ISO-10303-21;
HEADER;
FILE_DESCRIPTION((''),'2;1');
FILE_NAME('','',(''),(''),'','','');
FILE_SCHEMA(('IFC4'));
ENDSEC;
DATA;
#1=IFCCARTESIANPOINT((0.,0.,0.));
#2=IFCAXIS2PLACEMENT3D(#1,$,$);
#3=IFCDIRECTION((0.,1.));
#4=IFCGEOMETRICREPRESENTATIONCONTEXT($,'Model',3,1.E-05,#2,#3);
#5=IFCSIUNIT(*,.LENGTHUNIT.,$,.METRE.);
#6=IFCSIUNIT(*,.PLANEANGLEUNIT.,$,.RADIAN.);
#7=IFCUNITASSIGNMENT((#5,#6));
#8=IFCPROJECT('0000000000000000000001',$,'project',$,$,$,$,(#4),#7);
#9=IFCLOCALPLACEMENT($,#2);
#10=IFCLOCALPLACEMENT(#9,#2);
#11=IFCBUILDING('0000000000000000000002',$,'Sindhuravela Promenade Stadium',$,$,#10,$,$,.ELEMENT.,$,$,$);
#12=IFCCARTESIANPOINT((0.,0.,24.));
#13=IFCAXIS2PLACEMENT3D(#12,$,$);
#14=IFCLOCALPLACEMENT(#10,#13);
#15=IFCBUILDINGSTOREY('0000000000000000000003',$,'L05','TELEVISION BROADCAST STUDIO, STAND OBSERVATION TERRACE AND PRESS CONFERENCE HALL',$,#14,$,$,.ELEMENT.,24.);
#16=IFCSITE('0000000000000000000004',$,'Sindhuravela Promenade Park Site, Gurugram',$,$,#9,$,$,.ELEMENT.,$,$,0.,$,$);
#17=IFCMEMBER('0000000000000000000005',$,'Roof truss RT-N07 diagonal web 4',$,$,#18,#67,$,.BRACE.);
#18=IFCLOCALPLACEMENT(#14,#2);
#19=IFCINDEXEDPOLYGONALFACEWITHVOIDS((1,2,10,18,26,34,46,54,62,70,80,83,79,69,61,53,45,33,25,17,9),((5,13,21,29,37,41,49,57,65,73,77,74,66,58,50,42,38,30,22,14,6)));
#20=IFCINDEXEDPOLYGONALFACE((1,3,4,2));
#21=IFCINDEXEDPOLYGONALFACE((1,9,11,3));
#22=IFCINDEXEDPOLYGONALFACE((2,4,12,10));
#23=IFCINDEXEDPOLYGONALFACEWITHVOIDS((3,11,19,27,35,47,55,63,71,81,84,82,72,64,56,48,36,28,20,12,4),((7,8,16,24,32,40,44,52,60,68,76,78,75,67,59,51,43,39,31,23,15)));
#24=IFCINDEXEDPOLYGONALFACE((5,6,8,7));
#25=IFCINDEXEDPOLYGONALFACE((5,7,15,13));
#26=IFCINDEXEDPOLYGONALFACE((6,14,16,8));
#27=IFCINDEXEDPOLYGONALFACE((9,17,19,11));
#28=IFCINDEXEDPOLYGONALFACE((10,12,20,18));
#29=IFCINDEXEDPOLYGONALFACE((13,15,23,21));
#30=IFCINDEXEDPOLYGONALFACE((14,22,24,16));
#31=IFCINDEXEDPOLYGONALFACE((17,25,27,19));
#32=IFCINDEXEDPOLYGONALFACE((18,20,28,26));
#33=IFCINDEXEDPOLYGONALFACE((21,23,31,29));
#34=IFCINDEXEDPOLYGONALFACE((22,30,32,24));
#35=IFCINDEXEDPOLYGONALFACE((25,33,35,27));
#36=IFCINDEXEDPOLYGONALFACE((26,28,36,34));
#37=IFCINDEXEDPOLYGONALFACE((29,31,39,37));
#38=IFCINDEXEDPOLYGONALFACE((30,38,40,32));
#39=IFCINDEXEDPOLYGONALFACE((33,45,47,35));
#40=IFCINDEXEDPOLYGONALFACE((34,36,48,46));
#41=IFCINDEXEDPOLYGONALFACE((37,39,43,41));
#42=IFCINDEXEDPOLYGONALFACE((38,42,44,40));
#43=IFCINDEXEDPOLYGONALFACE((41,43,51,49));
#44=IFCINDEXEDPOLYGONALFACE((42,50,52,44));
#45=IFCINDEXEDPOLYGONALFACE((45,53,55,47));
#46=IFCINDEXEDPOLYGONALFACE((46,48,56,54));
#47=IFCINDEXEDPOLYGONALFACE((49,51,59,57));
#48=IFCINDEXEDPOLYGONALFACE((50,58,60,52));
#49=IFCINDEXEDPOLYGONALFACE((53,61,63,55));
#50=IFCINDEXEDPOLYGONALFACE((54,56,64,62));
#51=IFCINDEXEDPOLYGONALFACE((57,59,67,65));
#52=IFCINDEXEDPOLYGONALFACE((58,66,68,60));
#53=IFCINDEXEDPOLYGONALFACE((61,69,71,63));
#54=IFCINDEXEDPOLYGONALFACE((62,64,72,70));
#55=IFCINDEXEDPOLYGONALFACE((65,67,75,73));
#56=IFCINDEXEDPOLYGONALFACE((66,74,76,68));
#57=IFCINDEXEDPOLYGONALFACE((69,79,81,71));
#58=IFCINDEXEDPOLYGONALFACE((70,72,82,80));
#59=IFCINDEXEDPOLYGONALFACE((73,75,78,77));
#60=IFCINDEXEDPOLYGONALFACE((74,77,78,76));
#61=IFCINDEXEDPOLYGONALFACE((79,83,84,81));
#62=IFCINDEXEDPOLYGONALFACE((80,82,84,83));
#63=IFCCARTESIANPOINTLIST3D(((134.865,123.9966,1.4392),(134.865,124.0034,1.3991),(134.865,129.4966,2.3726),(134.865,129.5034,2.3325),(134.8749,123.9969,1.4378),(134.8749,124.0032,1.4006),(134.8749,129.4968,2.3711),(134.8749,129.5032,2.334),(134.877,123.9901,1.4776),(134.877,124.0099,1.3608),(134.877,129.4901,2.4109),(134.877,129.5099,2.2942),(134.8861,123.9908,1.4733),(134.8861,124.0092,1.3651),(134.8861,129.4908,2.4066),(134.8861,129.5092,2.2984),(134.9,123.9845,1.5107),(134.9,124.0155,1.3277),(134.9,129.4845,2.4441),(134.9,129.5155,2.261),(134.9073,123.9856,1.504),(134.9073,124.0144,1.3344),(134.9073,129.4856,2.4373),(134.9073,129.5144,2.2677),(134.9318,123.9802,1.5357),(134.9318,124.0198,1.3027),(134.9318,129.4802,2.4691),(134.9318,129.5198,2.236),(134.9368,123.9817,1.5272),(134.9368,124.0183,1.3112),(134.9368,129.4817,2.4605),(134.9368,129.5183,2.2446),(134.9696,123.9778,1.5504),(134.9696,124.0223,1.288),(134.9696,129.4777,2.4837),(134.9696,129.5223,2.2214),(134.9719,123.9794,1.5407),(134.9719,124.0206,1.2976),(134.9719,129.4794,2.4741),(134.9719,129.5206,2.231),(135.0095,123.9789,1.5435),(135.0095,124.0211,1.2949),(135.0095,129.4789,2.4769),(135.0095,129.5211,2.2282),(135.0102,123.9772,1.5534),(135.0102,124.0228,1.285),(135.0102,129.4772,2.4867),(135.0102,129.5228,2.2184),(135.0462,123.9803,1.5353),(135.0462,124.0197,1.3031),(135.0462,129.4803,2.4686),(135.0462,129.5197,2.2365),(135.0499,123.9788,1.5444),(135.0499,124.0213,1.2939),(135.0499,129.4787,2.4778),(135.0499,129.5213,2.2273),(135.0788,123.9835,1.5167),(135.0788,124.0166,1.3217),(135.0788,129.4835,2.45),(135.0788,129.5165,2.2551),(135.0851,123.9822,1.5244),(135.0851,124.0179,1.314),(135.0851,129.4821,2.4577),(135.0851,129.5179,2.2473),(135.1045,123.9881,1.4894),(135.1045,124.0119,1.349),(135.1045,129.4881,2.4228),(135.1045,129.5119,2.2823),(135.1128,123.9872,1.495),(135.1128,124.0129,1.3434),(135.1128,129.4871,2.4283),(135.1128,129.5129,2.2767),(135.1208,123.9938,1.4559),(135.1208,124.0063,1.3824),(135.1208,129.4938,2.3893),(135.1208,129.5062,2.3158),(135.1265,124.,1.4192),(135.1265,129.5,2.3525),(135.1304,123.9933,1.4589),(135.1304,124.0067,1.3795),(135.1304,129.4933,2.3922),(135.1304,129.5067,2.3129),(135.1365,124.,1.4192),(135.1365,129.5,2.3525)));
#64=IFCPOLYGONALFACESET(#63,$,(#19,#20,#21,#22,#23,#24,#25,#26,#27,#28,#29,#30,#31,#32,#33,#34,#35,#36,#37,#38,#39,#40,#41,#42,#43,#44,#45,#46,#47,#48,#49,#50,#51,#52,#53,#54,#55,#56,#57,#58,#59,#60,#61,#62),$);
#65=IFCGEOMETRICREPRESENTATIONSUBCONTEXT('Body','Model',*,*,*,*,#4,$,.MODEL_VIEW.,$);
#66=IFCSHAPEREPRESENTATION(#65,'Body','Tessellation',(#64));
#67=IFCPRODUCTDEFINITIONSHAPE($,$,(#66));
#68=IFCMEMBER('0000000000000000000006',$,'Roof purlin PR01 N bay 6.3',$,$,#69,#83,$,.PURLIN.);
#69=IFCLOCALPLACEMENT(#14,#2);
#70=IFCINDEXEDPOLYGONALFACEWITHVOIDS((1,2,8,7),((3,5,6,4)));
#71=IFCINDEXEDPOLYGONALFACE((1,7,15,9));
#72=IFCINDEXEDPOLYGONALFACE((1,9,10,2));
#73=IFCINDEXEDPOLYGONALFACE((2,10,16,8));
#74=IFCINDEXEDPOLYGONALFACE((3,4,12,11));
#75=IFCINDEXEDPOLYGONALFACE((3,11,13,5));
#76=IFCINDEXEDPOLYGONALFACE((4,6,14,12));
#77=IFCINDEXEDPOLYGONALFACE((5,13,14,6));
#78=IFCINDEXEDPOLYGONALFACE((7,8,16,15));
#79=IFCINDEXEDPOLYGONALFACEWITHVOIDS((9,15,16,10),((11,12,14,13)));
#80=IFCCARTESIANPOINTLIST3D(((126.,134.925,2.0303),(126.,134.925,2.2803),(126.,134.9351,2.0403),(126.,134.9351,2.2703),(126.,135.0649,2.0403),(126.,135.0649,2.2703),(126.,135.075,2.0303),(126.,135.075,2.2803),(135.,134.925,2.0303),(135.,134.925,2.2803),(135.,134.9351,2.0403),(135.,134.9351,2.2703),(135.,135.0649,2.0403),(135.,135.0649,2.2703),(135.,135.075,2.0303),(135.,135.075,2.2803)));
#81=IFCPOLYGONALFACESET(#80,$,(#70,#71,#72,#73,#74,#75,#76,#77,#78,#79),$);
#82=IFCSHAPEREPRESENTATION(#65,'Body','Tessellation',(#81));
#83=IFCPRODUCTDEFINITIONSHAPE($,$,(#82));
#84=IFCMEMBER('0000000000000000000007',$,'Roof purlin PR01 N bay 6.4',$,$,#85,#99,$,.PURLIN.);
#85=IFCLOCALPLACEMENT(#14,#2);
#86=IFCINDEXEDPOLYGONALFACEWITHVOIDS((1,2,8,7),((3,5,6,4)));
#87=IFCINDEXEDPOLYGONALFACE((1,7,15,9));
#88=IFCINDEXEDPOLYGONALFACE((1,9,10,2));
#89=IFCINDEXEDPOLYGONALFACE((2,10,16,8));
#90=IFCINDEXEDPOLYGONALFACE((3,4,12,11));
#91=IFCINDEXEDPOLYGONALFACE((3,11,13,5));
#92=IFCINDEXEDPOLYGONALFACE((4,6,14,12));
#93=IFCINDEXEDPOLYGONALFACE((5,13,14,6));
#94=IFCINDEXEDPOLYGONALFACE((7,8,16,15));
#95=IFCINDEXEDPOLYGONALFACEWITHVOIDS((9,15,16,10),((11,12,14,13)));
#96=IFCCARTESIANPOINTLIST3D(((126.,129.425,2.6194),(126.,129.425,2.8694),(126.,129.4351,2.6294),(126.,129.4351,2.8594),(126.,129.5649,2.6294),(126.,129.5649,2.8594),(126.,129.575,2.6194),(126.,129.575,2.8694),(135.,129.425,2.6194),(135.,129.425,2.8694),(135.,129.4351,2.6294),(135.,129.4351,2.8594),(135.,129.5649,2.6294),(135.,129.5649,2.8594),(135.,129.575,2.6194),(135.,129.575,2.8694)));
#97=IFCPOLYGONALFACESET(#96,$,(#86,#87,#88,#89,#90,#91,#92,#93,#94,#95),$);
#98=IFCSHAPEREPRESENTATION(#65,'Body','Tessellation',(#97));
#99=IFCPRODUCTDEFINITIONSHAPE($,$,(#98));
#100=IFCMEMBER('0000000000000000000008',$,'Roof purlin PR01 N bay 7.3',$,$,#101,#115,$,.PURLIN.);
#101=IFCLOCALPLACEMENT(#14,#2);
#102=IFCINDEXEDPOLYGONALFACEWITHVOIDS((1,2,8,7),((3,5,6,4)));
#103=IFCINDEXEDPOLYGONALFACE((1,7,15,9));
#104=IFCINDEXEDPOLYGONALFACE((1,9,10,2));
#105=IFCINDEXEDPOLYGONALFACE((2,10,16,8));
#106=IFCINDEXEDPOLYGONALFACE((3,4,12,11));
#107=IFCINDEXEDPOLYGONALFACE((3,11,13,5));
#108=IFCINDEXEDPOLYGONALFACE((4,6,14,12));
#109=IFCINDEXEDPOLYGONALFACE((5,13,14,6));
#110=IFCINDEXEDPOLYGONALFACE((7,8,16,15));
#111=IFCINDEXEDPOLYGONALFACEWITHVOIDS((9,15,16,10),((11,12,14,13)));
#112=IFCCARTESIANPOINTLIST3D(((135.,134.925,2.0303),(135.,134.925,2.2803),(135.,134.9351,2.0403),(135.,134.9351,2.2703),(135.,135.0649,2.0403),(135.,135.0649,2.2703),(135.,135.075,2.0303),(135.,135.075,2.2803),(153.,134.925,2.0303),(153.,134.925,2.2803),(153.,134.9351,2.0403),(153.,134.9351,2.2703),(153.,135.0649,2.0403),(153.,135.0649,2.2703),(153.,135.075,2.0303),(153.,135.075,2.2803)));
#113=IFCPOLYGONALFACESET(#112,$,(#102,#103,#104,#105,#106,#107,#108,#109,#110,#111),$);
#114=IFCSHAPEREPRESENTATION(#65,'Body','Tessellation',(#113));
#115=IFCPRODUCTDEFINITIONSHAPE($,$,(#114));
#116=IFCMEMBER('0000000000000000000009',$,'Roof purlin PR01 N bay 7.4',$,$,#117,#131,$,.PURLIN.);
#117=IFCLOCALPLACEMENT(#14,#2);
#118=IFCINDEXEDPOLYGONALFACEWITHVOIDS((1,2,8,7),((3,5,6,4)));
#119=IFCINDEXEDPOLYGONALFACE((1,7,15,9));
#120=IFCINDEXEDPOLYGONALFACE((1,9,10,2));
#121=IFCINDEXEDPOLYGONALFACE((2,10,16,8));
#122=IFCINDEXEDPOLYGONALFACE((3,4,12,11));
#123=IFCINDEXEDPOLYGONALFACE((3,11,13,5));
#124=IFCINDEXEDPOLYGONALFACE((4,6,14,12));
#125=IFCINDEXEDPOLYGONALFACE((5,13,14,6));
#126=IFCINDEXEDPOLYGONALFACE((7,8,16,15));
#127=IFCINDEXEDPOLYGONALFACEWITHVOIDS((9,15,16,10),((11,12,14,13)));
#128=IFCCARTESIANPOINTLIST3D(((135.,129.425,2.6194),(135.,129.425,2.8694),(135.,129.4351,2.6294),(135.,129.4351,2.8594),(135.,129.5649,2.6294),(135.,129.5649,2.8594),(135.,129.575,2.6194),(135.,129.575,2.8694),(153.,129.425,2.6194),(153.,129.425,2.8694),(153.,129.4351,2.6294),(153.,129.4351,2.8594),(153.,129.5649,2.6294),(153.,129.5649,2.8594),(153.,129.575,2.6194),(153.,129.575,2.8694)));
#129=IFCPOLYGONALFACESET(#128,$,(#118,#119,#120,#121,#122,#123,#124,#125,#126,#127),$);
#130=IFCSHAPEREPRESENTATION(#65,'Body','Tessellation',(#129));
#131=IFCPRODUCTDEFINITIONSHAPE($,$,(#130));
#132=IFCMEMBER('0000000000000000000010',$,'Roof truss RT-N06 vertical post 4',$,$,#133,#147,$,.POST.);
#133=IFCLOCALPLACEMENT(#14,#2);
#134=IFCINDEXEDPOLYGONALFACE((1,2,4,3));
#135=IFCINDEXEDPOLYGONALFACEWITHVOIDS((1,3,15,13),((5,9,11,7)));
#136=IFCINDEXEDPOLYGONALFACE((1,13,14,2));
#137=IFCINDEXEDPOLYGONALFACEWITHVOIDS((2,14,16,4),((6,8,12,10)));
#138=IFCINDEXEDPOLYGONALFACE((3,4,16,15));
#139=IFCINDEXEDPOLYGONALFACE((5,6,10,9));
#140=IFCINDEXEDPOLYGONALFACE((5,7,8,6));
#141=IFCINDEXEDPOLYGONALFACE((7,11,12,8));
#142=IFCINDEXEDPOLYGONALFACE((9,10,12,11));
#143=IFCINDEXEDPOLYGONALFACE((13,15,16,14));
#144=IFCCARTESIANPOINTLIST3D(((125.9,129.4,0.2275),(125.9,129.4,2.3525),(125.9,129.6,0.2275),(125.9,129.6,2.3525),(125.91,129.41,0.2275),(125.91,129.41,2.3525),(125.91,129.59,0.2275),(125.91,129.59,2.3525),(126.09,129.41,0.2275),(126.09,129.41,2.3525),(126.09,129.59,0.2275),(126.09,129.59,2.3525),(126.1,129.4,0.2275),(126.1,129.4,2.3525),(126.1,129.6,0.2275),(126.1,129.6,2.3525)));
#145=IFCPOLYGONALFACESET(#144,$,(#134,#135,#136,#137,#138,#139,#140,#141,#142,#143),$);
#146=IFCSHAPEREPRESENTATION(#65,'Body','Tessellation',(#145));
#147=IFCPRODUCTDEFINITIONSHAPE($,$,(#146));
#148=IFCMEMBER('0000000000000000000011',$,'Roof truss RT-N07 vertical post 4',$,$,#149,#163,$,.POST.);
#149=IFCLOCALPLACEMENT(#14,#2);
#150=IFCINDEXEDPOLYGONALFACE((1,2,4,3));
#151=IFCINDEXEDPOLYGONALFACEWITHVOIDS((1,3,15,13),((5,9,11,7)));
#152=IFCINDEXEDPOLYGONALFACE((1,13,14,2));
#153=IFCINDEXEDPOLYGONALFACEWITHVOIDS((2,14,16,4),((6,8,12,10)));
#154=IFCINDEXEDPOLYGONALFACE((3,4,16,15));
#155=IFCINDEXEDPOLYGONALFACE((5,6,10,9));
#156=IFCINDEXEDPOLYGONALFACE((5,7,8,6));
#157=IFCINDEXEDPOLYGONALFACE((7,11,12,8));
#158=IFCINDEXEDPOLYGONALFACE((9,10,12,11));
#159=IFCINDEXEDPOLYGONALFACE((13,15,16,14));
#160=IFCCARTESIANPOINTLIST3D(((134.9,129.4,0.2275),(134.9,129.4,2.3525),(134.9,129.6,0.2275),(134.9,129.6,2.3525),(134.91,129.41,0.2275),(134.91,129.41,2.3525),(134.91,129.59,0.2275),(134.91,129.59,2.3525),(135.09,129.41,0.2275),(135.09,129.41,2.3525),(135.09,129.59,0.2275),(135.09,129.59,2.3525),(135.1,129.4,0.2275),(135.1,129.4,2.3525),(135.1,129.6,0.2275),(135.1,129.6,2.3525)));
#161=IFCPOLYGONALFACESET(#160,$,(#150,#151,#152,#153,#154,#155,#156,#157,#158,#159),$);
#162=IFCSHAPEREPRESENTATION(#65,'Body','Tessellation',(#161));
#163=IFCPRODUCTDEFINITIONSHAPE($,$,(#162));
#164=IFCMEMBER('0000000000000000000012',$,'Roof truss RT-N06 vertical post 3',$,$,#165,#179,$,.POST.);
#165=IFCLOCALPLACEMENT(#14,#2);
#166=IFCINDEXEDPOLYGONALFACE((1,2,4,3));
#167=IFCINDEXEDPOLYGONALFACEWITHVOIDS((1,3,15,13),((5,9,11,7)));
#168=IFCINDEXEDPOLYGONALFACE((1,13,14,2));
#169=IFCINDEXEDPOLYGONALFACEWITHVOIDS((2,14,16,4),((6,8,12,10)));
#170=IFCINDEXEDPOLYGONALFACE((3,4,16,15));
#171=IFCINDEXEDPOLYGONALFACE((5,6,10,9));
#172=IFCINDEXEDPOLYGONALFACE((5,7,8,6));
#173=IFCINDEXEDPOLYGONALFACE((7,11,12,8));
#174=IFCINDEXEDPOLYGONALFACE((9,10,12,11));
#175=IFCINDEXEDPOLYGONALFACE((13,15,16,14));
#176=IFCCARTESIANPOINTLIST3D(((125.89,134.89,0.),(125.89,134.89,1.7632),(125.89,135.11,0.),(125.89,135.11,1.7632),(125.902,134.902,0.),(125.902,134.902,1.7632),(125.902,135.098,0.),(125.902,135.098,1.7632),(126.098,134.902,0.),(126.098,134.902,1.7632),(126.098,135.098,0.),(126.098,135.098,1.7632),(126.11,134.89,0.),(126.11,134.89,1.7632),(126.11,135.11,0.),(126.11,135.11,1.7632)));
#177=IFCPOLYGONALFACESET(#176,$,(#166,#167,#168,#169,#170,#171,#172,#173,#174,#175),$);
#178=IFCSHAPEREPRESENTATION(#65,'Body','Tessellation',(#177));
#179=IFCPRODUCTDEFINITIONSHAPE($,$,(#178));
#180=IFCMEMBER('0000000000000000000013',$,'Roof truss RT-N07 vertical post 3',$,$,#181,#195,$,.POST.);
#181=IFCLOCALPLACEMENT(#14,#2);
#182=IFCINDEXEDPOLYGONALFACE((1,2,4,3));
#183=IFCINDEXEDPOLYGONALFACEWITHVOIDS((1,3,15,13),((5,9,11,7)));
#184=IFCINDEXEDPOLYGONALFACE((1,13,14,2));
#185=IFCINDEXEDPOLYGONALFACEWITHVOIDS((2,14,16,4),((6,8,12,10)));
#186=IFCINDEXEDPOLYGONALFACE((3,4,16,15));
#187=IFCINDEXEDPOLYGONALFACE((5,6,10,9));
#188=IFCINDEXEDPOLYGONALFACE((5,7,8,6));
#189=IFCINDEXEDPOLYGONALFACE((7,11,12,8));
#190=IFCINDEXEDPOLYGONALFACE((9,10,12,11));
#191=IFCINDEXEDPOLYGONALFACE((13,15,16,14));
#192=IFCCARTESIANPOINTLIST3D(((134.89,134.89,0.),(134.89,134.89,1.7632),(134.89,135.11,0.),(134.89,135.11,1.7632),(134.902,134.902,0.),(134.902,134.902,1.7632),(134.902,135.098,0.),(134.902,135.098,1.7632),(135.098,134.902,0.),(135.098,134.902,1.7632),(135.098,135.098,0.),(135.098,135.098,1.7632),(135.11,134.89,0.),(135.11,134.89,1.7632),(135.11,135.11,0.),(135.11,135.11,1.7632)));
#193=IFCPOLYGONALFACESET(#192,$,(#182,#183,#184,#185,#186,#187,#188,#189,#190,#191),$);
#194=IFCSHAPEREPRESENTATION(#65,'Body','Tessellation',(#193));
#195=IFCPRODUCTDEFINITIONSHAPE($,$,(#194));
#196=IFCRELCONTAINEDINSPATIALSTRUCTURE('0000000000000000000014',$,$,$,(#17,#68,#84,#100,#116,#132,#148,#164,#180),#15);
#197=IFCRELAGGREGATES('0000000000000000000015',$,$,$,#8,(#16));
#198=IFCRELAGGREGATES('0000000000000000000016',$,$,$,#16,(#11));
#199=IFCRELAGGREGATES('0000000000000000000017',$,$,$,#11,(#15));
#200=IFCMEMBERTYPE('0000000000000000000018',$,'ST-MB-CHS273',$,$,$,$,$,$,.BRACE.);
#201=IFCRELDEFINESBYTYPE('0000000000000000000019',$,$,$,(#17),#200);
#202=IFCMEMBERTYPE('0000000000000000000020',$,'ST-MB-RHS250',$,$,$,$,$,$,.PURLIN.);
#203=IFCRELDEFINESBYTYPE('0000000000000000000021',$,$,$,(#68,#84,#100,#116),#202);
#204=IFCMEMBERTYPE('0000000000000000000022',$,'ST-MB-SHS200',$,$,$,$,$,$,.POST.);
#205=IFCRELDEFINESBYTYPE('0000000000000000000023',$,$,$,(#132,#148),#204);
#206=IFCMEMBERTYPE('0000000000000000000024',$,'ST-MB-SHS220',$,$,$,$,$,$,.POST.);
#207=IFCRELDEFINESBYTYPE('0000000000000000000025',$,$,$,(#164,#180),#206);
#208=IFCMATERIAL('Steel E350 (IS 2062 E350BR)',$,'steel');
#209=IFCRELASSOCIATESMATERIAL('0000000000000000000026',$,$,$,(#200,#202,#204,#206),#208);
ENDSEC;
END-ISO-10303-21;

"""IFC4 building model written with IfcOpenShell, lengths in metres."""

from ifc_helpers import new_model, si_unit, direction, frame, origin, origin_2d, place, context, subcontext, project, spatial, hollow_rectangle, hollow_circle, extrude, material, material_profile, profile_set, type_object, element, save


model = new_model("IFC4")

# Units and contexts
model_context = context("Model", 3, precision=1e-05, world=origin(), true_north=direction((0.0, 1.0)))
body_context = subcontext(model_context, "Body", "Model", "MODEL_VIEW")
ifc_project = project(units=[si_unit("LENGTHUNIT", "METRE"), si_unit("PLANEANGLEUNIT", "RADIAN")], contexts=[model_context])

# Site, building, storey
site_placement = place(None, origin())
site = spatial("IfcSite", under=ifc_project, at=site_placement, Name="Sindhuravela Promenade Park Site, Gurugram", CompositionType="ELEMENT", RefElevation=0.0)
building_placement = place(site_placement, origin())
building = spatial("IfcBuilding", under=site, at=building_placement, Name="Sindhuravela Promenade Stadium", CompositionType="ELEMENT")
storey_placement = place(building_placement, frame((0.0, 0.0, 24.0)))
storey = spatial("IfcBuildingStorey", under=building, at=storey_placement, Name="L05", Description="TELEVISION BROADCAST STUDIO, STAND OBSERVATION TERRACE AND PRESS CONFERENCE HALL", CompositionType="ELEMENT", Elevation=24.0)

# Shared definitions
ifc_material_1 = material(Name="Steel E350 (IS 2062 E350BR)", Category="steel")

# Members
ifc_material_profile_1 = material_profile(ifc_material_1, hollow_circle(Radius=0.1365, WallThickness=0.01, at=origin_2d()), Name="CHS 273.0x10")
ifc_profile_set_1 = profile_set([ifc_material_profile_1], Name="Steel E350 (IS 2062 E350BR)")
member_type_1 = type_object("IfcMemberType", Name="ST-MB-CHS273", PredefinedType="BRACE", material=ifc_profile_set_1)
member_1_placement = place(storey_placement, frame((135.0, 129.5, 2.3525), z_axis=(0.0, -0.985905, -0.167308), x_axis=(1.0, 0.0, 0.0)))
element("IfcMember", 1, at=member_1_placement, inside=storey, type_object=member_type_1, Name="Roof truss RT-N07 diagonal web 4", PredefinedType="BRACE", context=body_context, shape_type="SweptSolid", body=[
    extrude(hollow_circle(Radius=0.1365, WallThickness=0.01, at=origin_2d()), origin(), (0.0, 0.0, 1.0), 5.5786),
])
ifc_material_profile_2 = material_profile(ifc_material_1, hollow_rectangle(XDim=0.1499, YDim=0.25, WallThickness=0.01, at=origin_2d()), Name="RHS 250x150x10")
ifc_profile_set_2 = profile_set([ifc_material_profile_2], Name="Steel E350 (IS 2062 E350BR)")
member_type_2 = type_object("IfcMemberType", Name="ST-MB-RHS250", PredefinedType="PURLIN", material=ifc_profile_set_2)
for number, where, z_axis, x_axis, name in (
    (2, (126.0, 135.0, 2.1553), (1.0, 0.0, 0.0), (0.0, 1.0, 0.0), "Roof purlin PR01 N bay 6.3"),
    (3, (126.0, 129.5, 2.7444), (1.0, 0.0, 0.0), (0.0, 1.0, 0.0), "Roof purlin PR01 N bay 6.4"),
):
    element("IfcMember", number, at=place(storey_placement, frame(where, z_axis=z_axis, x_axis=x_axis)), inside=storey, type_object=member_type_2, Name=name, PredefinedType="PURLIN", context=body_context, shape_type="SweptSolid", body=[
        extrude(hollow_rectangle(XDim=0.1499, YDim=0.25, WallThickness=0.01, at=origin_2d()), origin(), (0.0, 0.0, 1.0), 9.0),
    ])
for number, where, z_axis, x_axis, name in (
    (4, (135.0, 135.0, 2.1553), (1.0, 0.0, 0.0), (0.0, 1.0, 0.0), "Roof purlin PR01 N bay 7.3"),
    (5, (135.0, 129.5, 2.7444), (1.0, 0.0, 0.0), (0.0, 1.0, 0.0), "Roof purlin PR01 N bay 7.4"),
):
    element("IfcMember", number, at=place(storey_placement, frame(where, z_axis=z_axis, x_axis=x_axis)), inside=storey, type_object=member_type_2, Name=name, PredefinedType="PURLIN", context=body_context, shape_type="SweptSolid", body=[
        extrude(hollow_rectangle(XDim=0.1499, YDim=0.25, WallThickness=0.01, at=origin_2d()), origin(), (0.0, 0.0, 1.0), 18.0),
    ])
ifc_material_profile_3 = material_profile(ifc_material_1, hollow_rectangle(XDim=0.2, YDim=0.2, WallThickness=0.01, at=origin_2d()), Name="SHS 200x200x10")
ifc_profile_set_3 = profile_set([ifc_material_profile_3], Name="Steel E350 (IS 2062 E350BR)")
member_type_3 = type_object("IfcMemberType", Name="ST-MB-SHS200", PredefinedType="POST", material=ifc_profile_set_3)
for number, where, z_axis, x_axis, name in (
    (6, (126.0, 129.5, 0.2275), (0.0, 0.0, 1.0), (1.0, 0.0, 0.0), "Roof truss RT-N06 vertical post 4"),
    (7, (135.0, 129.5, 0.2275), (0.0, 0.0, 1.0), (1.0, 0.0, 0.0), "Roof truss RT-N07 vertical post 4"),
):
    element("IfcMember", number, at=place(storey_placement, frame(where, z_axis=z_axis, x_axis=x_axis)), inside=storey, type_object=member_type_3, Name=name, PredefinedType="POST", context=body_context, shape_type="SweptSolid", body=[
        extrude(hollow_rectangle(XDim=0.2, YDim=0.2, WallThickness=0.01, at=origin_2d()), origin(), (0.0, 0.0, 1.0), 2.125),
    ])
ifc_material_profile_4 = material_profile(ifc_material_1, hollow_rectangle(XDim=0.22, YDim=0.22, WallThickness=0.012, at=origin_2d()), Name="SHS 220x220x12")
ifc_profile_set_4 = profile_set([ifc_material_profile_4], Name="Steel E350 (IS 2062 E350BR)")
member_type_4 = type_object("IfcMemberType", Name="ST-MB-SHS220", PredefinedType="POST", material=ifc_profile_set_4)
for number, where, z_axis, x_axis, name in (
    (8, (126.0, 135.0, 0.0), (0.0, 0.0, 1.0), (1.0, 0.0, 0.0), "Roof truss RT-N06 vertical post 3"),
    (9, (135.0, 135.0, 0.0), (0.0, 0.0, 1.0), (1.0, 0.0, 0.0), "Roof truss RT-N07 vertical post 3"),
):
    element("IfcMember", number, at=place(storey_placement, frame(where, z_axis=z_axis, x_axis=x_axis)), inside=storey, type_object=member_type_4, Name=name, PredefinedType="POST", context=body_context, shape_type="SweptSolid", body=[
        extrude(hollow_rectangle(XDim=0.22, YDim=0.22, WallThickness=0.012, at=origin_2d()), origin(), (0.0, 0.0, 1.0), 1.7632),
    ])

save(model, "model.ifc")
